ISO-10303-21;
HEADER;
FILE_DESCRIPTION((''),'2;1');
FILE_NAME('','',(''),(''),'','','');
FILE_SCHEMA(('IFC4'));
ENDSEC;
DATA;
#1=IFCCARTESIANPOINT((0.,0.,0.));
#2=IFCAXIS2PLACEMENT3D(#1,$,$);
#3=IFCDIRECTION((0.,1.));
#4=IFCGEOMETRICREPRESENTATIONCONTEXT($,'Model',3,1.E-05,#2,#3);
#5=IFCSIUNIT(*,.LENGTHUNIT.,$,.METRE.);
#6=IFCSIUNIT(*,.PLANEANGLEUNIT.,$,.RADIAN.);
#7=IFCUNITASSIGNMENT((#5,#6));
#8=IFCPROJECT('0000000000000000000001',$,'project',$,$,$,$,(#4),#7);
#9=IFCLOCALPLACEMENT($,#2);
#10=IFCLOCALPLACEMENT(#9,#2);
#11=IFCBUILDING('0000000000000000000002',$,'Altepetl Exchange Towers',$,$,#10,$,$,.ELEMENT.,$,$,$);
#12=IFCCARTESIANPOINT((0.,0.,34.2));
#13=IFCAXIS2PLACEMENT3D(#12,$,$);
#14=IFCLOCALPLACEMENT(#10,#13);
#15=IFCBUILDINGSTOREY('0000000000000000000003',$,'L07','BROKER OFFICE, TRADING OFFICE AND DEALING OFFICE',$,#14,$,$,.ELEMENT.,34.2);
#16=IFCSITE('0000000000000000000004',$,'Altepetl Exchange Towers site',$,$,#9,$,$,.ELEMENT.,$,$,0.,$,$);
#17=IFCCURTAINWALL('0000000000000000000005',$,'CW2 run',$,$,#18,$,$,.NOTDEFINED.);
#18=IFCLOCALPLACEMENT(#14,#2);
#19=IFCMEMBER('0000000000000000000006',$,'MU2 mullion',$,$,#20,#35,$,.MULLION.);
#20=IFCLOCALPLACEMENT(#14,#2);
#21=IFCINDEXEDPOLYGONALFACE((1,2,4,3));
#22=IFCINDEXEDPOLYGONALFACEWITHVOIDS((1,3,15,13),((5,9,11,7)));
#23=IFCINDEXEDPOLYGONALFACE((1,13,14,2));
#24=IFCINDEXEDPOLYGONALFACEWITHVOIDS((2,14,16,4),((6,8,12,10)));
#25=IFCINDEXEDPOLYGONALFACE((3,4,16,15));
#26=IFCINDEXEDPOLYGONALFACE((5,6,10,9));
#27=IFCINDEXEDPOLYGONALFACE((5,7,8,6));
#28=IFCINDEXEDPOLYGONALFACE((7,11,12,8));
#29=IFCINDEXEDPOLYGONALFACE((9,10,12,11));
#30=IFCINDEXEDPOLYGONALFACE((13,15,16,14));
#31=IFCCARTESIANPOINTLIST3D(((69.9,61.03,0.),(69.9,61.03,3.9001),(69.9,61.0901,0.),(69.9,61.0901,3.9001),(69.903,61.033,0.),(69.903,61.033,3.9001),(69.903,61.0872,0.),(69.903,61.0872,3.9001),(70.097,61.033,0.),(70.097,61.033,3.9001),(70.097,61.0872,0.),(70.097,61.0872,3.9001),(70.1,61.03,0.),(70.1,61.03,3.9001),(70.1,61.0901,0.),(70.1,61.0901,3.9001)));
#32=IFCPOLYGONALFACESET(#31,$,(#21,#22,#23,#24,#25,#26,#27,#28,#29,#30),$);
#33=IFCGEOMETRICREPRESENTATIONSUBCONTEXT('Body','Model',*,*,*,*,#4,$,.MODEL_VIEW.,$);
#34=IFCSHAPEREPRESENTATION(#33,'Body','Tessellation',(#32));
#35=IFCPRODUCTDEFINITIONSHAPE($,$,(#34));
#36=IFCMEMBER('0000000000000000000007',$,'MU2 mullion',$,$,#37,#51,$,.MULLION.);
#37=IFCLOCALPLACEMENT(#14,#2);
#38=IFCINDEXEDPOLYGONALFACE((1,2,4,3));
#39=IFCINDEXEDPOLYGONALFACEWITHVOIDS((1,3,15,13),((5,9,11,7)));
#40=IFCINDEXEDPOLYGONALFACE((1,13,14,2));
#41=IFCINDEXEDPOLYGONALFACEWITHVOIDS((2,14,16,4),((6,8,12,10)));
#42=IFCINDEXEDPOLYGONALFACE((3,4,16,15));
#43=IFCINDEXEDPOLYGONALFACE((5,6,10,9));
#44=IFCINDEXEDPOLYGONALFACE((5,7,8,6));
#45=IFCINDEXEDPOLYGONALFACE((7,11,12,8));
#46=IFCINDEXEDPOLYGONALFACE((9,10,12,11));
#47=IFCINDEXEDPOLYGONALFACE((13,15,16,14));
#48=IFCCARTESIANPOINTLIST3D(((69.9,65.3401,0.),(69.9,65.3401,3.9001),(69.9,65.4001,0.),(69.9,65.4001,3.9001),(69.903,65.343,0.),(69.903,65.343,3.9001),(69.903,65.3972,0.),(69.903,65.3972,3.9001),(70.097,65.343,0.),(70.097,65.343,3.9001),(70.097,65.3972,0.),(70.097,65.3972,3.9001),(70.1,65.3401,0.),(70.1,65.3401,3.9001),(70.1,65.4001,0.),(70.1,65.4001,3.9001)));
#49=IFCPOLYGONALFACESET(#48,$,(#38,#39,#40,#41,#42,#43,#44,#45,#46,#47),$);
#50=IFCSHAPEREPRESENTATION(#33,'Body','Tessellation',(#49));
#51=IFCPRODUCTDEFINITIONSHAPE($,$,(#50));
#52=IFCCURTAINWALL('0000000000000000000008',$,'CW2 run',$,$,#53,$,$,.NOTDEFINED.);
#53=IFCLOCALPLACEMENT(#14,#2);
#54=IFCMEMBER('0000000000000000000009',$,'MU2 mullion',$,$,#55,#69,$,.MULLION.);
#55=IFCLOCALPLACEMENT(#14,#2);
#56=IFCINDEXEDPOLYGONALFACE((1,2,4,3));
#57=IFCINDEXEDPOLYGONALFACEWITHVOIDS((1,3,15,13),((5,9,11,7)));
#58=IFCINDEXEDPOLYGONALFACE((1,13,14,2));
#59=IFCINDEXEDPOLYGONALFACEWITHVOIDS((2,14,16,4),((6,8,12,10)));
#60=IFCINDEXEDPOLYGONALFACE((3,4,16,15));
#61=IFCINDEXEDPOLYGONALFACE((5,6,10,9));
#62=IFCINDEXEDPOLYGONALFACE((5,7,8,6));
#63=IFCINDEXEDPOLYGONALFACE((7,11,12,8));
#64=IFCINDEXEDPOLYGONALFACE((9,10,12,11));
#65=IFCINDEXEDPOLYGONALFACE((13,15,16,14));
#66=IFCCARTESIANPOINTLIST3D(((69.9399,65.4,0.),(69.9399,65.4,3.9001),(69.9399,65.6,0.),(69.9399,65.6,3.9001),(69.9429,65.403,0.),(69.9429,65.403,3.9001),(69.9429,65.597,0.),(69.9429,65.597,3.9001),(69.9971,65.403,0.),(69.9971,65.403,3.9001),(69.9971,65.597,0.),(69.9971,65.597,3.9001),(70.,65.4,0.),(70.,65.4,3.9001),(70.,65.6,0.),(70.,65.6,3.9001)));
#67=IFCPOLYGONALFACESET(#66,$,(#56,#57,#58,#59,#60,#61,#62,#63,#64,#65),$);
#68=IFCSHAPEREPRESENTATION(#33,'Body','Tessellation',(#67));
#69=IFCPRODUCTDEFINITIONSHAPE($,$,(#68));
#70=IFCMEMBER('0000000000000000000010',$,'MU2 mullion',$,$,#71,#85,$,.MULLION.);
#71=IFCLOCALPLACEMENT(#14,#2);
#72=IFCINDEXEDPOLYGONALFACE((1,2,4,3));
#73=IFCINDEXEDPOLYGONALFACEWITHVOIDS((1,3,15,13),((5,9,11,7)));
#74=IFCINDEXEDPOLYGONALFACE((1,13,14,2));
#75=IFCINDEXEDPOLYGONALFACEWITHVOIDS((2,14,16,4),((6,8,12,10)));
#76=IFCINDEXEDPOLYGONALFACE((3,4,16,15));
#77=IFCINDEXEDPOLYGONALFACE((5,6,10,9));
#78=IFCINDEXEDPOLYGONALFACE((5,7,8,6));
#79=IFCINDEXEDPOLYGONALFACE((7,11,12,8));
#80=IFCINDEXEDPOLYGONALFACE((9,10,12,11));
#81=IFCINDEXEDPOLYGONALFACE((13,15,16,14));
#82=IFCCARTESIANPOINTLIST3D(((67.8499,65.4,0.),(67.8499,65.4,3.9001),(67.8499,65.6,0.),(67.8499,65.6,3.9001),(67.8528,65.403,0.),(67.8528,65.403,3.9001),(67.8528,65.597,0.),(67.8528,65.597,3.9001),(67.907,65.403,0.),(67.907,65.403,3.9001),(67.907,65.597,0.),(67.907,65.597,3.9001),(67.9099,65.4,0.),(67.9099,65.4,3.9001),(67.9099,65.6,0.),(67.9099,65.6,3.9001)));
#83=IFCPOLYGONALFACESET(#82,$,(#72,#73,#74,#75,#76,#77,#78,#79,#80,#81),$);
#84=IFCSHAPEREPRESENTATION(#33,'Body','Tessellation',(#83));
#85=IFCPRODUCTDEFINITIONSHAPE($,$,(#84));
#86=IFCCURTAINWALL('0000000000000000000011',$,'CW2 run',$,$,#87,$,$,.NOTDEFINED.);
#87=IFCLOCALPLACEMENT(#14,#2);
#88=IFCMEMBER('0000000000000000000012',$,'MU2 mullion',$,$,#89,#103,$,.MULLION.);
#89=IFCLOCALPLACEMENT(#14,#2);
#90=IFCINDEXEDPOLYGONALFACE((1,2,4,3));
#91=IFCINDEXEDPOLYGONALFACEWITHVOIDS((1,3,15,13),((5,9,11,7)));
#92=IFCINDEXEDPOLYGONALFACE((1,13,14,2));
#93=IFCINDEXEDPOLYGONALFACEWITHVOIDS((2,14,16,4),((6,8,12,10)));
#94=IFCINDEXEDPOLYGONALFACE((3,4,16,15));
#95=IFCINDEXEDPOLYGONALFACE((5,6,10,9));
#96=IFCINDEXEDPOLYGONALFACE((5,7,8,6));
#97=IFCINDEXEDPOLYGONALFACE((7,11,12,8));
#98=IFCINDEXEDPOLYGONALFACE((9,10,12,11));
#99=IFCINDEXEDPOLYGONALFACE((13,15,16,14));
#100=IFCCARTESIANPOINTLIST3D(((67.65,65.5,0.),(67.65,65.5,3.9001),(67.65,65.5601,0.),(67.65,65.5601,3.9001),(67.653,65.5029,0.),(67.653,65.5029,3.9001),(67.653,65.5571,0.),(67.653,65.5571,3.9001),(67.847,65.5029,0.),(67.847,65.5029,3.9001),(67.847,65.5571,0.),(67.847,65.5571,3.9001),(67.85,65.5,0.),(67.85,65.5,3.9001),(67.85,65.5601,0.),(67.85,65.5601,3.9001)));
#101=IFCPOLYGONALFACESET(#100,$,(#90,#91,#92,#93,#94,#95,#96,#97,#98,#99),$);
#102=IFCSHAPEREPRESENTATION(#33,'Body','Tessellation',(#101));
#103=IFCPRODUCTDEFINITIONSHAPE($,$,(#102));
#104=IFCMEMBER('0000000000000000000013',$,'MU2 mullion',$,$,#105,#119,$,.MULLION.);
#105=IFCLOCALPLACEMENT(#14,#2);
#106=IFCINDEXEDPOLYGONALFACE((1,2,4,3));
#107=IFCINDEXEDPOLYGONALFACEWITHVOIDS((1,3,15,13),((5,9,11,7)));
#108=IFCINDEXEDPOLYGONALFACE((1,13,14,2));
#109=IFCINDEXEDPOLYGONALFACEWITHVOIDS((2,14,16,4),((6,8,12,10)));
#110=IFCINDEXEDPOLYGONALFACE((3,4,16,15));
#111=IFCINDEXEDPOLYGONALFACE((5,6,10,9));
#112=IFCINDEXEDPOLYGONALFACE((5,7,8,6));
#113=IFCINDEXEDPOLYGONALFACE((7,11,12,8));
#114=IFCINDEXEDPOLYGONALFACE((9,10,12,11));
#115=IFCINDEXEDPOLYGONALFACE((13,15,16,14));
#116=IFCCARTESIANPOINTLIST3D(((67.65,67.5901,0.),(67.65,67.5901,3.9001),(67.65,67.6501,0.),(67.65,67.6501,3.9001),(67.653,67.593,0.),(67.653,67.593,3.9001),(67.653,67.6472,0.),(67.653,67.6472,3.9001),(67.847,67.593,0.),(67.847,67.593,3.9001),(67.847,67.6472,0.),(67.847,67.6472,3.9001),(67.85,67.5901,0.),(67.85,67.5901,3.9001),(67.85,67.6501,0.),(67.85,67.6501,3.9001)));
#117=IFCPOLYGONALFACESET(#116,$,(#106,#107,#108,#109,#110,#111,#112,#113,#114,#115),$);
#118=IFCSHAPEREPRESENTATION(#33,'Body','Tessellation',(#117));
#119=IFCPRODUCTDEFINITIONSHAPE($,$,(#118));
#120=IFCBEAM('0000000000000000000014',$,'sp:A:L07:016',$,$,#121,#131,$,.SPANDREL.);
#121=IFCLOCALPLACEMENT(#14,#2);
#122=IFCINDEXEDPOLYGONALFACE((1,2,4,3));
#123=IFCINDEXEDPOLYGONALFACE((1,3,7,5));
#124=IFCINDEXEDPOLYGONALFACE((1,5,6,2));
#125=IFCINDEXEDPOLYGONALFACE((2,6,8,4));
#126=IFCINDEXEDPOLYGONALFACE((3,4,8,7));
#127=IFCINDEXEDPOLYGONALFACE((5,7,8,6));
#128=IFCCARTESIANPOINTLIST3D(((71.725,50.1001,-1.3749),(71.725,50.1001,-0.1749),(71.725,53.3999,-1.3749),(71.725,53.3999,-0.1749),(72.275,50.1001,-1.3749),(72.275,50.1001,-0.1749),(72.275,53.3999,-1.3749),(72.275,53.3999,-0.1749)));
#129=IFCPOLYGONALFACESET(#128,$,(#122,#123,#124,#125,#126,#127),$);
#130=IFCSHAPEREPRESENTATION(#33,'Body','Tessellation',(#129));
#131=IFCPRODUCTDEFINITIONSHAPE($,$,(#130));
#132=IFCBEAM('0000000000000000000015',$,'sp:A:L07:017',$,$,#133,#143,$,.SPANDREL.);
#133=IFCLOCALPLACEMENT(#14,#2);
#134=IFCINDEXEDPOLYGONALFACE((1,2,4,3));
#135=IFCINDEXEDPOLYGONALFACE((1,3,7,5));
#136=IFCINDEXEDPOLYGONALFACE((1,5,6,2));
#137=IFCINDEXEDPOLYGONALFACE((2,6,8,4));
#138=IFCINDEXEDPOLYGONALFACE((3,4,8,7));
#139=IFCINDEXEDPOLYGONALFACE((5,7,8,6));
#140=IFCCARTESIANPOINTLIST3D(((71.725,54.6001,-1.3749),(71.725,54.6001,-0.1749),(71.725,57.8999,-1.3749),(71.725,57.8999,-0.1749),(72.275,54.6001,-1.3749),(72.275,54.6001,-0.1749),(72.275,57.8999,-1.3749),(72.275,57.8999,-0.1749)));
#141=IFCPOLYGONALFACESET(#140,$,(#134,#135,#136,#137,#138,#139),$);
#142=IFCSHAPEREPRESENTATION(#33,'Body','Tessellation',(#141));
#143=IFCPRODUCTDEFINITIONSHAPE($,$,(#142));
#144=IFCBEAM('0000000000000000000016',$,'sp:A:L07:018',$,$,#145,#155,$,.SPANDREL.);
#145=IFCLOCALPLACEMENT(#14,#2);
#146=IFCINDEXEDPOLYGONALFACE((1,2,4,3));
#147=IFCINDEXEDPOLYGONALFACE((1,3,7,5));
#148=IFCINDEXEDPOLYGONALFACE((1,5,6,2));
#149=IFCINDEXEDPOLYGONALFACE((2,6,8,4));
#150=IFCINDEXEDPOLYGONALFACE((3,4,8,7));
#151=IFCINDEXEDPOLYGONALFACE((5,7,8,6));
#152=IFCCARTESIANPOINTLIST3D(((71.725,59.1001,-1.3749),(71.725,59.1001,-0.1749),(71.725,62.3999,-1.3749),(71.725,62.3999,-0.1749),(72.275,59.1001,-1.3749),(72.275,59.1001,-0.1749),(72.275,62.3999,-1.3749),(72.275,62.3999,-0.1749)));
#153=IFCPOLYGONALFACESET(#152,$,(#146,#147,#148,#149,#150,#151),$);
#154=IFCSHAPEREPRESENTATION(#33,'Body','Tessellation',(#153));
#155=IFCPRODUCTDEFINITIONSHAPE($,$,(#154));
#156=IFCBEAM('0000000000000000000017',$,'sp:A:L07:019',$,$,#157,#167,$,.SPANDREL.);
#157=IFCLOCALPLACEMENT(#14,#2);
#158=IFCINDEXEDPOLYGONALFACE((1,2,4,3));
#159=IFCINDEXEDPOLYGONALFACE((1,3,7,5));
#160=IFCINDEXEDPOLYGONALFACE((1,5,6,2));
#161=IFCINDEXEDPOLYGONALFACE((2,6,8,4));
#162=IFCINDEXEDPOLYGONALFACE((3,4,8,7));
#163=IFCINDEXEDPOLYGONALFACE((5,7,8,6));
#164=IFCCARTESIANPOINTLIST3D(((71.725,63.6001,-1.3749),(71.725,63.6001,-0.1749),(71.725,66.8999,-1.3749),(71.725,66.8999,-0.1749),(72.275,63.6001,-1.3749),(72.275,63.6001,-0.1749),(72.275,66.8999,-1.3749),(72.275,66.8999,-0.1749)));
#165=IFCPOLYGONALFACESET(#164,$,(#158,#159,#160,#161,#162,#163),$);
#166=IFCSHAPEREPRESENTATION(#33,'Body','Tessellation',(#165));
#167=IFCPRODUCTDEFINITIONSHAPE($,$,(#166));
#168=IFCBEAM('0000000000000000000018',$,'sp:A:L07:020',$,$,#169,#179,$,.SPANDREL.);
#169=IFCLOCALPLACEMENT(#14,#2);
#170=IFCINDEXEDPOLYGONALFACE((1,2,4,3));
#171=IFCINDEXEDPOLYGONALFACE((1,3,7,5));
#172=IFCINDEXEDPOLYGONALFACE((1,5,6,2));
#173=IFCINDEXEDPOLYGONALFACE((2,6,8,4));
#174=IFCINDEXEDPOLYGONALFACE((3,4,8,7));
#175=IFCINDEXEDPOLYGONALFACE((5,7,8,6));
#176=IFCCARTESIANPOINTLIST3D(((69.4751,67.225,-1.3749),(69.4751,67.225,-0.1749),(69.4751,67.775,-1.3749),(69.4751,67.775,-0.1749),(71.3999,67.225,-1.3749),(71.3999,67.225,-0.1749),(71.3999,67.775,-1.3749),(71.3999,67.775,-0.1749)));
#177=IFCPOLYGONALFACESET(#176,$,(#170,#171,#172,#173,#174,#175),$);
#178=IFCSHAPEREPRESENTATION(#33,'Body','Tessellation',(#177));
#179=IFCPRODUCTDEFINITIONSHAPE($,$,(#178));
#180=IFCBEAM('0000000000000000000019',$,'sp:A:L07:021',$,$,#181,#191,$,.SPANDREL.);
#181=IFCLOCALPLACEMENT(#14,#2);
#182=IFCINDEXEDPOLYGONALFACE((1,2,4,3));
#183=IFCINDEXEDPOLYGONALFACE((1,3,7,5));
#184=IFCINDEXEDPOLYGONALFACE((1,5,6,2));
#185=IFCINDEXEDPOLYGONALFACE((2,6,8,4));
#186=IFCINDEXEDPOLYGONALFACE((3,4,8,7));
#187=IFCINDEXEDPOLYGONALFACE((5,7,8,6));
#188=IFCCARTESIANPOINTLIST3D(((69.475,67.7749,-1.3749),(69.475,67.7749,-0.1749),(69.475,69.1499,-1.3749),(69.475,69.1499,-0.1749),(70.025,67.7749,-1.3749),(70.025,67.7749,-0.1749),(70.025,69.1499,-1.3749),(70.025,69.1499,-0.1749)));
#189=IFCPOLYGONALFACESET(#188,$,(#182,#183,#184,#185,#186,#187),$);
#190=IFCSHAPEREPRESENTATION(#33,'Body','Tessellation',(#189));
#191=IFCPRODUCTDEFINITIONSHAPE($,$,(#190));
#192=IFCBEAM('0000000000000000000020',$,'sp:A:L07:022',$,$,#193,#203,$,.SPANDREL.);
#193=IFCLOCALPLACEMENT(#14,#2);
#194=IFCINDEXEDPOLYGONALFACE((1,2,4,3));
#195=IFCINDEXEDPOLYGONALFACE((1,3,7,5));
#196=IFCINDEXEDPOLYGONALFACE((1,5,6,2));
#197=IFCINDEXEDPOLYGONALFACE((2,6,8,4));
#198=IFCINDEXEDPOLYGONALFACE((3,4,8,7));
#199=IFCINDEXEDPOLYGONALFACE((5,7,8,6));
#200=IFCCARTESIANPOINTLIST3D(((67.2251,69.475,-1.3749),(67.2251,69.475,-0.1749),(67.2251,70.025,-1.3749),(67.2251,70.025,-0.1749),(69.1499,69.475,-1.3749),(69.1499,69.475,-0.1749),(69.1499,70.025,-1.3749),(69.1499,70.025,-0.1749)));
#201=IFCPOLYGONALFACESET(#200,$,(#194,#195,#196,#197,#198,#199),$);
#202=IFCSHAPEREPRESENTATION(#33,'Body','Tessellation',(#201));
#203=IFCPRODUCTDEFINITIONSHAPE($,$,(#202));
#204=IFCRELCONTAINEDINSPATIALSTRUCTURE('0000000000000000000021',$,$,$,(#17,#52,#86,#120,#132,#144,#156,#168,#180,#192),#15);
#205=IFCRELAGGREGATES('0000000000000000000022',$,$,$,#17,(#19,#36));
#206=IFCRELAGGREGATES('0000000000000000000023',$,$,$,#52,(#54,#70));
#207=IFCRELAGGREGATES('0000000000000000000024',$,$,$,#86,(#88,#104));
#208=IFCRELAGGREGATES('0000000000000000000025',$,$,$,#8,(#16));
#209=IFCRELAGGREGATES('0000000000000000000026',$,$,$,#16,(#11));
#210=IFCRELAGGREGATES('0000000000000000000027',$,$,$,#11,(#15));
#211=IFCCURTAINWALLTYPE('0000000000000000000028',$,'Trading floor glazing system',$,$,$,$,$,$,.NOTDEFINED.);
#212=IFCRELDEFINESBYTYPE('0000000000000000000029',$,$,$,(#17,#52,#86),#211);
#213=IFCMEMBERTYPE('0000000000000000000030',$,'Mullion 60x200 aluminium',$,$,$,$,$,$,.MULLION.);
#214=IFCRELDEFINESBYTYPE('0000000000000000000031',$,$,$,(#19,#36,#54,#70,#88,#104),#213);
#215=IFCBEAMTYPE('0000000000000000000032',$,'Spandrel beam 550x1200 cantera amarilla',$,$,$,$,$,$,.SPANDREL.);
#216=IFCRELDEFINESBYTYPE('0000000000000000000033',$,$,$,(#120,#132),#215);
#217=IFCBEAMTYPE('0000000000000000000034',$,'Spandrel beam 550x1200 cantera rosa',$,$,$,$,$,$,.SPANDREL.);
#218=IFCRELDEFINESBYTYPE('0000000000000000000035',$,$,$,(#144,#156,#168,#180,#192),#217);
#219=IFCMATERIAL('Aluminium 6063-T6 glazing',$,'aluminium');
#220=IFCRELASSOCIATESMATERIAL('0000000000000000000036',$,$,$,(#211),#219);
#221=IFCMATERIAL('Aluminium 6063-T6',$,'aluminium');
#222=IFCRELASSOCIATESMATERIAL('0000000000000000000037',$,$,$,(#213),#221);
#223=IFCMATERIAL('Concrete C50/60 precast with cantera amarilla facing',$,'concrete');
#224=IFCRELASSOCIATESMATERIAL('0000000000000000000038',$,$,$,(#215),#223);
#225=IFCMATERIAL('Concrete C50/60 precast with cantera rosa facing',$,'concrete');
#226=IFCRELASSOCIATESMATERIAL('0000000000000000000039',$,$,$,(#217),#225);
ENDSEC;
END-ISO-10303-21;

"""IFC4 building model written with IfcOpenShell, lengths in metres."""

from ifc_helpers import new_model, si_unit, direction, frame, origin, origin_2d, place, context, subcontext, project, spatial, rectangle, hollow_rectangle, extrude, material, material_profile, profile_set, type_object, element, aggregate, save


model = new_model("IFC4")

# Units and contexts
model_context = context("Model", 3, precision=1e-05, world=origin(), true_north=direction((0.0, 1.0)))
body_context = subcontext(model_context, "Body", "Model", "MODEL_VIEW")
ifc_project = project(units=[si_unit("LENGTHUNIT", "METRE"), si_unit("PLANEANGLEUNIT", "RADIAN")], contexts=[model_context])

# Site, building, storey
site_placement = place(None, origin())
site = spatial("IfcSite", under=ifc_project, at=site_placement, Name="Altepetl Exchange Towers site", CompositionType="ELEMENT", RefElevation=0.0)
building_placement = place(site_placement, origin())
building = spatial("IfcBuilding", under=site, at=building_placement, Name="Altepetl Exchange Towers", CompositionType="ELEMENT")
storey_placement = place(building_placement, frame((0.0, 0.0, 34.2)))
storey = spatial("IfcBuildingStorey", under=building, at=storey_placement, Name="L07", Description="BROKER OFFICE, TRADING OFFICE AND DEALING OFFICE", CompositionType="ELEMENT", Elevation=34.2)

# Curtain walls, members
ifc_material_1 = material(Name="Aluminium 6063-T6 glazing", Category="aluminium")
curtain_wall_type = type_object("IfcCurtainWallType", Name="Trading floor glazing system", PredefinedType="NOTDEFINED", material=ifc_material_1)
ifc_material_2 = material(Name="Aluminium 6063-T6", Category="aluminium")
ifc_material_profile_1 = material_profile(ifc_material_2, hollow_rectangle(XDim=0.0601, YDim=0.2, WallThickness=0.0029, at=origin_2d()), Name="Mullion 60x200 aluminium")
ifc_profile_set_1 = profile_set([ifc_material_profile_1], Name="Aluminium 6063-T6")
member_type = type_object("IfcMemberType", Name="Mullion 60x200 aluminium", PredefinedType="MULLION", material=ifc_profile_set_1)
curtain_wall_1_placement = place(storey_placement, origin())
curtain_wall_1 = element("IfcCurtainWall", 1, at=curtain_wall_1_placement, inside=storey, type_object=curtain_wall_type, Name="CW2 run", PredefinedType="NOTDEFINED")
member_1_placement = place(storey_placement, frame((70.0, 61.0601, 0.0), z_axis=(0.0, 0.0, 1.0), x_axis=(0.0, 1.0, 0.0)))
member_1 = element("IfcMember", 2, at=member_1_placement, type_object=member_type, Name="MU2 mullion", PredefinedType="MULLION", context=body_context, shape_type="SweptSolid", body=[
    extrude(hollow_rectangle(XDim=0.0601, YDim=0.2, WallThickness=0.0029, at=origin_2d()), origin(), (0.0, 0.0, 1.0), 3.9001),
])
member_2_placement = place(storey_placement, frame((70.0, 65.3701, 0.0), z_axis=(0.0, 0.0, 1.0), x_axis=(0.0, 1.0, 0.0)))
member_2 = element("IfcMember", 3, at=member_2_placement, type_object=member_type, Name="MU2 mullion", PredefinedType="MULLION", context=body_context, shape_type="SweptSolid", body=[
    extrude(hollow_rectangle(XDim=0.0601, YDim=0.2, WallThickness=0.0029, at=origin_2d()), origin(), (0.0, 0.0, 1.0), 3.9001),
])
curtain_wall_2_placement = place(storey_placement, origin())
curtain_wall_2 = element("IfcCurtainWall", 4, at=curtain_wall_2_placement, inside=storey, type_object=curtain_wall_type, Name="CW2 run", PredefinedType="NOTDEFINED")
member_3_placement = place(storey_placement, frame((69.97, 65.5, 0.0), z_axis=(0.0, 0.0, 1.0), x_axis=(-1.0, 0.0, 0.0)))
member_3 = element("IfcMember", 5, at=member_3_placement, type_object=member_type, Name="MU2 mullion", PredefinedType="MULLION", context=body_context, shape_type="SweptSolid", body=[
    extrude(hollow_rectangle(XDim=0.0601, YDim=0.2, WallThickness=0.0029, at=origin_2d()), origin(), (0.0, 0.0, 1.0), 3.9001),
])
member_4_placement = place(storey_placement, frame((67.8799, 65.5, 0.0), z_axis=(0.0, 0.0, 1.0), x_axis=(-1.0, 0.0, 0.0)))
member_4 = element("IfcMember", 6, at=member_4_placement, type_object=member_type, Name="MU2 mullion", PredefinedType="MULLION", context=body_context, shape_type="SweptSolid", body=[
    extrude(hollow_rectangle(XDim=0.0601, YDim=0.2, WallThickness=0.0029, at=origin_2d()), origin(), (0.0, 0.0, 1.0), 3.9001),
])
curtain_wall_3_placement = place(storey_placement, origin())
curtain_wall_3 = element("IfcCurtainWall", 7, at=curtain_wall_3_placement, inside=storey, type_object=curtain_wall_type, Name="CW2 run", PredefinedType="NOTDEFINED")
member_5_placement = place(storey_placement, frame((67.75, 65.53, 0.0), z_axis=(0.0, 0.0, 1.0), x_axis=(0.0, 1.0, 0.0)))
member_5 = element("IfcMember", 8, at=member_5_placement, type_object=member_type, Name="MU2 mullion", PredefinedType="MULLION", context=body_context, shape_type="SweptSolid", body=[
    extrude(hollow_rectangle(XDim=0.0601, YDim=0.2, WallThickness=0.0029, at=origin_2d()), origin(), (0.0, 0.0, 1.0), 3.9001),
])
member_6_placement = place(storey_placement, frame((67.75, 67.6201, 0.0), z_axis=(0.0, 0.0, 1.0), x_axis=(0.0, 1.0, 0.0)))
member_6 = element("IfcMember", 9, at=member_6_placement, type_object=member_type, Name="MU2 mullion", PredefinedType="MULLION", context=body_context, shape_type="SweptSolid", body=[
    extrude(hollow_rectangle(XDim=0.0601, YDim=0.2, WallThickness=0.0029, at=origin_2d()), origin(), (0.0, 0.0, 1.0), 3.9001),
])

# Beams
ifc_material_3 = material(Name="Concrete C50/60 precast with cantera amarilla facing", Category="concrete")
ifc_material_profile_2 = material_profile(ifc_material_3, rectangle(XDim=0.55, YDim=1.2, at=origin_2d()), Name="550 x 1200")
ifc_profile_set_2 = profile_set([ifc_material_profile_2], Name="Concrete C50/60 precast with cantera amarilla facing")
beam_type_1 = type_object("IfcBeamType", Name="Spandrel beam 550x1200 cantera amarilla", PredefinedType="SPANDREL", material=ifc_profile_set_2)
for number, where, z_axis, x_axis, name in (
    (10, (72.0, 50.1001, -0.7749), (0.0, 1.0, 0.0), (-1.0, 0.0, 0.0), "sp:A:L07:016"),
    (11, (72.0, 54.6001, -0.7749), (0.0, 1.0, 0.0), (-1.0, 0.0, 0.0), "sp:A:L07:017"),
):
    element("IfcBeam", number, at=place(storey_placement, frame(where, z_axis=z_axis, x_axis=x_axis)), inside=storey, type_object=beam_type_1, Name=name, PredefinedType="SPANDREL", context=body_context, shape_type="SweptSolid", body=[
        extrude(rectangle(XDim=0.55, YDim=1.2, at=origin_2d()), origin(), (0.0, 0.0, 1.0), 3.2998),
    ])
ifc_material_4 = material(Name="Concrete C50/60 precast with cantera rosa facing", Category="concrete")
ifc_material_profile_3 = material_profile(ifc_material_4, rectangle(XDim=0.55, YDim=1.2, at=origin_2d()), Name="550 x 1200")
ifc_profile_set_3 = profile_set([ifc_material_profile_3], Name="Concrete C50/60 precast with cantera rosa facing")
beam_type_2 = type_object("IfcBeamType", Name="Spandrel beam 550x1200 cantera rosa", PredefinedType="SPANDREL", material=ifc_profile_set_3)
for number, where, z_axis, x_axis, name in (
    (12, (72.0, 59.1001, -0.7749), (0.0, 1.0, 0.0), (-1.0, 0.0, 0.0), "sp:A:L07:018"),
    (13, (72.0, 63.6001, -0.7749), (0.0, 1.0, 0.0), (-1.0, 0.0, 0.0), "sp:A:L07:019"),
):
    element("IfcBeam", number, at=place(storey_placement, frame(where, z_axis=z_axis, x_axis=x_axis)), inside=storey, type_object=beam_type_2, Name=name, PredefinedType="SPANDREL", context=body_context, shape_type="SweptSolid", body=[
        extrude(rectangle(XDim=0.55, YDim=1.2, at=origin_2d()), origin(), (0.0, 0.0, 1.0), 3.2998),
    ])
beam_1_placement = place(storey_placement, frame((71.3999, 67.5, -0.7749), z_axis=(-1.0, 0.0, 0.0), x_axis=(0.0, -1.0, 0.0)))
element("IfcBeam", 14, at=beam_1_placement, inside=storey, type_object=beam_type_2, Name="sp:A:L07:020", PredefinedType="SPANDREL", context=body_context, shape_type="SweptSolid", body=[
    extrude(rectangle(XDim=0.55, YDim=1.2, at=origin_2d()), origin(), (0.0, 0.0, 1.0), 1.9248),
])
beam_2_placement = place(storey_placement, frame((69.75, 67.7749, -0.7749), z_axis=(0.0, 1.0, 0.0), x_axis=(-1.0, 0.0, 0.0)))
element("IfcBeam", 15, at=beam_2_placement, inside=storey, type_object=beam_type_2, Name="sp:A:L07:021", PredefinedType="SPANDREL", context=body_context, shape_type="SweptSolid", body=[
    extrude(rectangle(XDim=0.55, YDim=1.2, at=origin_2d()), origin(), (0.0, 0.0, 1.0), 1.375),
])
beam_3_placement = place(storey_placement, frame((69.1499, 69.75, -0.7749), z_axis=(-1.0, 0.0, 0.0), x_axis=(0.0, -1.0, 0.0)))
element("IfcBeam", 16, at=beam_3_placement, inside=storey, type_object=beam_type_2, Name="sp:A:L07:022", PredefinedType="SPANDREL", context=body_context, shape_type="SweptSolid", body=[
    extrude(rectangle(XDim=0.55, YDim=1.2, at=origin_2d()), origin(), (0.0, 0.0, 1.0), 1.9248),
])

aggregate(curtain_wall_1, [member_1, member_2])
aggregate(curtain_wall_2, [member_3, member_4])
aggregate(curtain_wall_3, [member_5, member_6])

save(model, "model.ifc")
